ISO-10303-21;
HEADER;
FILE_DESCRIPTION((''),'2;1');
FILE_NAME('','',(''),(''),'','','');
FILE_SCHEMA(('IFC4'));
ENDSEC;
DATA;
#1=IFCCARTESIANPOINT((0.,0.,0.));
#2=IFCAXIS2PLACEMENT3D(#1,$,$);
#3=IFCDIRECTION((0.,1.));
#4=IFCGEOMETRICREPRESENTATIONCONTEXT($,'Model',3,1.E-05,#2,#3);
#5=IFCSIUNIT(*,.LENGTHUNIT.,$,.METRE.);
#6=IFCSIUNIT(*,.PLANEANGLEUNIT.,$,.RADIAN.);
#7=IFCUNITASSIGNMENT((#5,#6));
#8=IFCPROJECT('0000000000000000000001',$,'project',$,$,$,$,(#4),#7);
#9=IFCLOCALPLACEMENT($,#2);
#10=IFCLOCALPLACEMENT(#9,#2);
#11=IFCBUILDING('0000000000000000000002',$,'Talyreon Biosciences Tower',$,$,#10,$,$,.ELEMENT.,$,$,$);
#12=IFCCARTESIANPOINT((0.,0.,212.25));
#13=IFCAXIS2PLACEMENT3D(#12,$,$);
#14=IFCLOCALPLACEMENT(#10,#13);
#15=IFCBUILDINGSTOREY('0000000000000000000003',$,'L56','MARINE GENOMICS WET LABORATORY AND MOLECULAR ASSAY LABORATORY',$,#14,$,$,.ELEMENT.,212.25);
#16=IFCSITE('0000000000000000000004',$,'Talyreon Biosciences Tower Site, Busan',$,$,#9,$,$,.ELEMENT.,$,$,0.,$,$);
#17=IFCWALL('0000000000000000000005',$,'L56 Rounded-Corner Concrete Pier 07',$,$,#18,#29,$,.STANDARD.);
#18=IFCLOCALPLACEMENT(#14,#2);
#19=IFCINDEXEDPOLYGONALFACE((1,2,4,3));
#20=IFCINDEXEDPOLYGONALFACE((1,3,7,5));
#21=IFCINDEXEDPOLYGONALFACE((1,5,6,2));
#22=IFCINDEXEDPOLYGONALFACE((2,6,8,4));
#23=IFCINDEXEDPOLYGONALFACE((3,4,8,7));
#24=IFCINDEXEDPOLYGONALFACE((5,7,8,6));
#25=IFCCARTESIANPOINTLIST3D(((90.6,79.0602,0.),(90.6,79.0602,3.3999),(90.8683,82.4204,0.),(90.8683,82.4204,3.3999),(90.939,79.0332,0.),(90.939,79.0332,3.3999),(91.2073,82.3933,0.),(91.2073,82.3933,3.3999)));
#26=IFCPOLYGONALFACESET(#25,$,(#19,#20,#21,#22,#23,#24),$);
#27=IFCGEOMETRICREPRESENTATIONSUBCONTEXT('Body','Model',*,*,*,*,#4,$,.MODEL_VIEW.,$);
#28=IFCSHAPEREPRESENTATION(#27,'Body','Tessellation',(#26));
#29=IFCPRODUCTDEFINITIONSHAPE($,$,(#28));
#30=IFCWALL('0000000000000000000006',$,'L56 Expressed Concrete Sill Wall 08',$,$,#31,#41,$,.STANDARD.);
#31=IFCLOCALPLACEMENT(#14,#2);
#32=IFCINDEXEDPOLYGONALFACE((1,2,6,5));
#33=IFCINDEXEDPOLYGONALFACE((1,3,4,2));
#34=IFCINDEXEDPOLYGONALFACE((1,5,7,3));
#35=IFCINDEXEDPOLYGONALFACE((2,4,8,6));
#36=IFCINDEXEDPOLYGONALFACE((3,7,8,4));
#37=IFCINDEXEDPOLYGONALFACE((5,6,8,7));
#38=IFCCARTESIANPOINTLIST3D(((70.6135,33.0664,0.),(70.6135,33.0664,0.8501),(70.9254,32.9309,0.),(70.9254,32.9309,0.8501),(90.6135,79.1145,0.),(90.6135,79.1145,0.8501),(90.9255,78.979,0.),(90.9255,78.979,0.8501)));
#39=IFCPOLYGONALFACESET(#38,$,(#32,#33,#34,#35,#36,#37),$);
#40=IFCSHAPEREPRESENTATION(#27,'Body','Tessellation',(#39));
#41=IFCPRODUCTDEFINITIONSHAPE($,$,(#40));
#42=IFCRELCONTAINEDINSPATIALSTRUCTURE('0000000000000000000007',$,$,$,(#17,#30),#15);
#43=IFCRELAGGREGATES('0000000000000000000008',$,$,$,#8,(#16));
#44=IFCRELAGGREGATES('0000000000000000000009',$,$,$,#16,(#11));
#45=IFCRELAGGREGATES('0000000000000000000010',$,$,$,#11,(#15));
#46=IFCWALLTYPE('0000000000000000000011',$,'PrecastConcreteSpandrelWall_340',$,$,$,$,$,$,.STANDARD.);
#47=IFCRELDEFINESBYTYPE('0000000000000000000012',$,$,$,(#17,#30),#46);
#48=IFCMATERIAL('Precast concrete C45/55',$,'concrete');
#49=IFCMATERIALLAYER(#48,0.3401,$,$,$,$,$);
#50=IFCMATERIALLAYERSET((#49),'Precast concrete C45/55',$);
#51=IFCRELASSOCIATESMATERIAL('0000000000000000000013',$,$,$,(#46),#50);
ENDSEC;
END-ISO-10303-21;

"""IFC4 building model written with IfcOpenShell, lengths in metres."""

from ifc_helpers import new_model, si_unit, direction, frame, frame_2d, origin, place, context, subcontext, project, spatial, rectangle, extrude, material, layer, layer_set, type_object, element, save


model = new_model("IFC4")

# Units and contexts
model_context = context("Model", 3, precision=1e-05, world=origin(), true_north=direction((0.0, 1.0)))
body_context = subcontext(model_context, "Body", "Model", "MODEL_VIEW")
ifc_project = project(units=[si_unit("LENGTHUNIT", "METRE"), si_unit("PLANEANGLEUNIT", "RADIAN")], contexts=[model_context])

# Site, building, storey
site_placement = place(None, origin())
site = spatial("IfcSite", under=ifc_project, at=site_placement, Name="Talyreon Biosciences Tower Site, Busan", CompositionType="ELEMENT", RefElevation=0.0)
building_placement = place(site_placement, origin())
building = spatial("IfcBuilding", under=site, at=building_placement, Name="Talyreon Biosciences Tower", CompositionType="ELEMENT")
storey_placement = place(building_placement, frame((0.0, 0.0, 212.25)))
storey = spatial("IfcBuildingStorey", under=building, at=storey_placement, Name="L56", Description="MARINE GENOMICS WET LABORATORY AND MOLECULAR ASSAY LABORATORY", CompositionType="ELEMENT", Elevation=212.25)

# Shared definitions
ifc_material_1 = material(Name="Precast concrete C45/55", Category="concrete")

# Walls
ifc_layer_1 = layer(ifc_material_1, 0.3401)
ifc_layer_set_1 = layer_set([ifc_layer_1], Name="Precast concrete C45/55")
wall_type_1 = type_object("IfcWallType", Name="PrecastConcreteSpandrelWall_340", PredefinedType="STANDARD", material=ifc_layer_set_1)
wall_1_placement = place(storey_placement, frame((91.0378, 82.407, 0.0), z_axis=(0.0, 0.0, 1.0), x_axis=(-0.079598, -0.996827, 0.0)))
element("IfcWall", 1, at=wall_1_placement, inside=storey, type_object=wall_type_1, Name="L56 Rounded-Corner Concrete Pier 07", PredefinedType="STANDARD", context=body_context, shape_type="SweptSolid", body=[
    extrude(rectangle(XDim=3.3708, YDim=0.3401, at=frame_2d((1.6855, 0.0))), origin(), (0.0, 0.0, 1.0), 3.3999),
])
wall_2_placement = place(storey_placement, frame((90.7695, 79.0469, 0.0), z_axis=(0.0, 0.0, 1.0), x_axis=(-0.398376, -0.917222, 0.0)))
element("IfcWall", 2, at=wall_2_placement, inside=storey, type_object=wall_type_1, Name="L56 Expressed Concrete Sill Wall 08", PredefinedType="STANDARD", context=body_context, shape_type="SweptSolid", body=[
    extrude(rectangle(XDim=50.2039, YDim=0.3401, at=frame_2d((25.1021, 0.0))), origin(), (0.0, 0.0, 1.0), 0.8501),
])

save(model, "model.ifc")
